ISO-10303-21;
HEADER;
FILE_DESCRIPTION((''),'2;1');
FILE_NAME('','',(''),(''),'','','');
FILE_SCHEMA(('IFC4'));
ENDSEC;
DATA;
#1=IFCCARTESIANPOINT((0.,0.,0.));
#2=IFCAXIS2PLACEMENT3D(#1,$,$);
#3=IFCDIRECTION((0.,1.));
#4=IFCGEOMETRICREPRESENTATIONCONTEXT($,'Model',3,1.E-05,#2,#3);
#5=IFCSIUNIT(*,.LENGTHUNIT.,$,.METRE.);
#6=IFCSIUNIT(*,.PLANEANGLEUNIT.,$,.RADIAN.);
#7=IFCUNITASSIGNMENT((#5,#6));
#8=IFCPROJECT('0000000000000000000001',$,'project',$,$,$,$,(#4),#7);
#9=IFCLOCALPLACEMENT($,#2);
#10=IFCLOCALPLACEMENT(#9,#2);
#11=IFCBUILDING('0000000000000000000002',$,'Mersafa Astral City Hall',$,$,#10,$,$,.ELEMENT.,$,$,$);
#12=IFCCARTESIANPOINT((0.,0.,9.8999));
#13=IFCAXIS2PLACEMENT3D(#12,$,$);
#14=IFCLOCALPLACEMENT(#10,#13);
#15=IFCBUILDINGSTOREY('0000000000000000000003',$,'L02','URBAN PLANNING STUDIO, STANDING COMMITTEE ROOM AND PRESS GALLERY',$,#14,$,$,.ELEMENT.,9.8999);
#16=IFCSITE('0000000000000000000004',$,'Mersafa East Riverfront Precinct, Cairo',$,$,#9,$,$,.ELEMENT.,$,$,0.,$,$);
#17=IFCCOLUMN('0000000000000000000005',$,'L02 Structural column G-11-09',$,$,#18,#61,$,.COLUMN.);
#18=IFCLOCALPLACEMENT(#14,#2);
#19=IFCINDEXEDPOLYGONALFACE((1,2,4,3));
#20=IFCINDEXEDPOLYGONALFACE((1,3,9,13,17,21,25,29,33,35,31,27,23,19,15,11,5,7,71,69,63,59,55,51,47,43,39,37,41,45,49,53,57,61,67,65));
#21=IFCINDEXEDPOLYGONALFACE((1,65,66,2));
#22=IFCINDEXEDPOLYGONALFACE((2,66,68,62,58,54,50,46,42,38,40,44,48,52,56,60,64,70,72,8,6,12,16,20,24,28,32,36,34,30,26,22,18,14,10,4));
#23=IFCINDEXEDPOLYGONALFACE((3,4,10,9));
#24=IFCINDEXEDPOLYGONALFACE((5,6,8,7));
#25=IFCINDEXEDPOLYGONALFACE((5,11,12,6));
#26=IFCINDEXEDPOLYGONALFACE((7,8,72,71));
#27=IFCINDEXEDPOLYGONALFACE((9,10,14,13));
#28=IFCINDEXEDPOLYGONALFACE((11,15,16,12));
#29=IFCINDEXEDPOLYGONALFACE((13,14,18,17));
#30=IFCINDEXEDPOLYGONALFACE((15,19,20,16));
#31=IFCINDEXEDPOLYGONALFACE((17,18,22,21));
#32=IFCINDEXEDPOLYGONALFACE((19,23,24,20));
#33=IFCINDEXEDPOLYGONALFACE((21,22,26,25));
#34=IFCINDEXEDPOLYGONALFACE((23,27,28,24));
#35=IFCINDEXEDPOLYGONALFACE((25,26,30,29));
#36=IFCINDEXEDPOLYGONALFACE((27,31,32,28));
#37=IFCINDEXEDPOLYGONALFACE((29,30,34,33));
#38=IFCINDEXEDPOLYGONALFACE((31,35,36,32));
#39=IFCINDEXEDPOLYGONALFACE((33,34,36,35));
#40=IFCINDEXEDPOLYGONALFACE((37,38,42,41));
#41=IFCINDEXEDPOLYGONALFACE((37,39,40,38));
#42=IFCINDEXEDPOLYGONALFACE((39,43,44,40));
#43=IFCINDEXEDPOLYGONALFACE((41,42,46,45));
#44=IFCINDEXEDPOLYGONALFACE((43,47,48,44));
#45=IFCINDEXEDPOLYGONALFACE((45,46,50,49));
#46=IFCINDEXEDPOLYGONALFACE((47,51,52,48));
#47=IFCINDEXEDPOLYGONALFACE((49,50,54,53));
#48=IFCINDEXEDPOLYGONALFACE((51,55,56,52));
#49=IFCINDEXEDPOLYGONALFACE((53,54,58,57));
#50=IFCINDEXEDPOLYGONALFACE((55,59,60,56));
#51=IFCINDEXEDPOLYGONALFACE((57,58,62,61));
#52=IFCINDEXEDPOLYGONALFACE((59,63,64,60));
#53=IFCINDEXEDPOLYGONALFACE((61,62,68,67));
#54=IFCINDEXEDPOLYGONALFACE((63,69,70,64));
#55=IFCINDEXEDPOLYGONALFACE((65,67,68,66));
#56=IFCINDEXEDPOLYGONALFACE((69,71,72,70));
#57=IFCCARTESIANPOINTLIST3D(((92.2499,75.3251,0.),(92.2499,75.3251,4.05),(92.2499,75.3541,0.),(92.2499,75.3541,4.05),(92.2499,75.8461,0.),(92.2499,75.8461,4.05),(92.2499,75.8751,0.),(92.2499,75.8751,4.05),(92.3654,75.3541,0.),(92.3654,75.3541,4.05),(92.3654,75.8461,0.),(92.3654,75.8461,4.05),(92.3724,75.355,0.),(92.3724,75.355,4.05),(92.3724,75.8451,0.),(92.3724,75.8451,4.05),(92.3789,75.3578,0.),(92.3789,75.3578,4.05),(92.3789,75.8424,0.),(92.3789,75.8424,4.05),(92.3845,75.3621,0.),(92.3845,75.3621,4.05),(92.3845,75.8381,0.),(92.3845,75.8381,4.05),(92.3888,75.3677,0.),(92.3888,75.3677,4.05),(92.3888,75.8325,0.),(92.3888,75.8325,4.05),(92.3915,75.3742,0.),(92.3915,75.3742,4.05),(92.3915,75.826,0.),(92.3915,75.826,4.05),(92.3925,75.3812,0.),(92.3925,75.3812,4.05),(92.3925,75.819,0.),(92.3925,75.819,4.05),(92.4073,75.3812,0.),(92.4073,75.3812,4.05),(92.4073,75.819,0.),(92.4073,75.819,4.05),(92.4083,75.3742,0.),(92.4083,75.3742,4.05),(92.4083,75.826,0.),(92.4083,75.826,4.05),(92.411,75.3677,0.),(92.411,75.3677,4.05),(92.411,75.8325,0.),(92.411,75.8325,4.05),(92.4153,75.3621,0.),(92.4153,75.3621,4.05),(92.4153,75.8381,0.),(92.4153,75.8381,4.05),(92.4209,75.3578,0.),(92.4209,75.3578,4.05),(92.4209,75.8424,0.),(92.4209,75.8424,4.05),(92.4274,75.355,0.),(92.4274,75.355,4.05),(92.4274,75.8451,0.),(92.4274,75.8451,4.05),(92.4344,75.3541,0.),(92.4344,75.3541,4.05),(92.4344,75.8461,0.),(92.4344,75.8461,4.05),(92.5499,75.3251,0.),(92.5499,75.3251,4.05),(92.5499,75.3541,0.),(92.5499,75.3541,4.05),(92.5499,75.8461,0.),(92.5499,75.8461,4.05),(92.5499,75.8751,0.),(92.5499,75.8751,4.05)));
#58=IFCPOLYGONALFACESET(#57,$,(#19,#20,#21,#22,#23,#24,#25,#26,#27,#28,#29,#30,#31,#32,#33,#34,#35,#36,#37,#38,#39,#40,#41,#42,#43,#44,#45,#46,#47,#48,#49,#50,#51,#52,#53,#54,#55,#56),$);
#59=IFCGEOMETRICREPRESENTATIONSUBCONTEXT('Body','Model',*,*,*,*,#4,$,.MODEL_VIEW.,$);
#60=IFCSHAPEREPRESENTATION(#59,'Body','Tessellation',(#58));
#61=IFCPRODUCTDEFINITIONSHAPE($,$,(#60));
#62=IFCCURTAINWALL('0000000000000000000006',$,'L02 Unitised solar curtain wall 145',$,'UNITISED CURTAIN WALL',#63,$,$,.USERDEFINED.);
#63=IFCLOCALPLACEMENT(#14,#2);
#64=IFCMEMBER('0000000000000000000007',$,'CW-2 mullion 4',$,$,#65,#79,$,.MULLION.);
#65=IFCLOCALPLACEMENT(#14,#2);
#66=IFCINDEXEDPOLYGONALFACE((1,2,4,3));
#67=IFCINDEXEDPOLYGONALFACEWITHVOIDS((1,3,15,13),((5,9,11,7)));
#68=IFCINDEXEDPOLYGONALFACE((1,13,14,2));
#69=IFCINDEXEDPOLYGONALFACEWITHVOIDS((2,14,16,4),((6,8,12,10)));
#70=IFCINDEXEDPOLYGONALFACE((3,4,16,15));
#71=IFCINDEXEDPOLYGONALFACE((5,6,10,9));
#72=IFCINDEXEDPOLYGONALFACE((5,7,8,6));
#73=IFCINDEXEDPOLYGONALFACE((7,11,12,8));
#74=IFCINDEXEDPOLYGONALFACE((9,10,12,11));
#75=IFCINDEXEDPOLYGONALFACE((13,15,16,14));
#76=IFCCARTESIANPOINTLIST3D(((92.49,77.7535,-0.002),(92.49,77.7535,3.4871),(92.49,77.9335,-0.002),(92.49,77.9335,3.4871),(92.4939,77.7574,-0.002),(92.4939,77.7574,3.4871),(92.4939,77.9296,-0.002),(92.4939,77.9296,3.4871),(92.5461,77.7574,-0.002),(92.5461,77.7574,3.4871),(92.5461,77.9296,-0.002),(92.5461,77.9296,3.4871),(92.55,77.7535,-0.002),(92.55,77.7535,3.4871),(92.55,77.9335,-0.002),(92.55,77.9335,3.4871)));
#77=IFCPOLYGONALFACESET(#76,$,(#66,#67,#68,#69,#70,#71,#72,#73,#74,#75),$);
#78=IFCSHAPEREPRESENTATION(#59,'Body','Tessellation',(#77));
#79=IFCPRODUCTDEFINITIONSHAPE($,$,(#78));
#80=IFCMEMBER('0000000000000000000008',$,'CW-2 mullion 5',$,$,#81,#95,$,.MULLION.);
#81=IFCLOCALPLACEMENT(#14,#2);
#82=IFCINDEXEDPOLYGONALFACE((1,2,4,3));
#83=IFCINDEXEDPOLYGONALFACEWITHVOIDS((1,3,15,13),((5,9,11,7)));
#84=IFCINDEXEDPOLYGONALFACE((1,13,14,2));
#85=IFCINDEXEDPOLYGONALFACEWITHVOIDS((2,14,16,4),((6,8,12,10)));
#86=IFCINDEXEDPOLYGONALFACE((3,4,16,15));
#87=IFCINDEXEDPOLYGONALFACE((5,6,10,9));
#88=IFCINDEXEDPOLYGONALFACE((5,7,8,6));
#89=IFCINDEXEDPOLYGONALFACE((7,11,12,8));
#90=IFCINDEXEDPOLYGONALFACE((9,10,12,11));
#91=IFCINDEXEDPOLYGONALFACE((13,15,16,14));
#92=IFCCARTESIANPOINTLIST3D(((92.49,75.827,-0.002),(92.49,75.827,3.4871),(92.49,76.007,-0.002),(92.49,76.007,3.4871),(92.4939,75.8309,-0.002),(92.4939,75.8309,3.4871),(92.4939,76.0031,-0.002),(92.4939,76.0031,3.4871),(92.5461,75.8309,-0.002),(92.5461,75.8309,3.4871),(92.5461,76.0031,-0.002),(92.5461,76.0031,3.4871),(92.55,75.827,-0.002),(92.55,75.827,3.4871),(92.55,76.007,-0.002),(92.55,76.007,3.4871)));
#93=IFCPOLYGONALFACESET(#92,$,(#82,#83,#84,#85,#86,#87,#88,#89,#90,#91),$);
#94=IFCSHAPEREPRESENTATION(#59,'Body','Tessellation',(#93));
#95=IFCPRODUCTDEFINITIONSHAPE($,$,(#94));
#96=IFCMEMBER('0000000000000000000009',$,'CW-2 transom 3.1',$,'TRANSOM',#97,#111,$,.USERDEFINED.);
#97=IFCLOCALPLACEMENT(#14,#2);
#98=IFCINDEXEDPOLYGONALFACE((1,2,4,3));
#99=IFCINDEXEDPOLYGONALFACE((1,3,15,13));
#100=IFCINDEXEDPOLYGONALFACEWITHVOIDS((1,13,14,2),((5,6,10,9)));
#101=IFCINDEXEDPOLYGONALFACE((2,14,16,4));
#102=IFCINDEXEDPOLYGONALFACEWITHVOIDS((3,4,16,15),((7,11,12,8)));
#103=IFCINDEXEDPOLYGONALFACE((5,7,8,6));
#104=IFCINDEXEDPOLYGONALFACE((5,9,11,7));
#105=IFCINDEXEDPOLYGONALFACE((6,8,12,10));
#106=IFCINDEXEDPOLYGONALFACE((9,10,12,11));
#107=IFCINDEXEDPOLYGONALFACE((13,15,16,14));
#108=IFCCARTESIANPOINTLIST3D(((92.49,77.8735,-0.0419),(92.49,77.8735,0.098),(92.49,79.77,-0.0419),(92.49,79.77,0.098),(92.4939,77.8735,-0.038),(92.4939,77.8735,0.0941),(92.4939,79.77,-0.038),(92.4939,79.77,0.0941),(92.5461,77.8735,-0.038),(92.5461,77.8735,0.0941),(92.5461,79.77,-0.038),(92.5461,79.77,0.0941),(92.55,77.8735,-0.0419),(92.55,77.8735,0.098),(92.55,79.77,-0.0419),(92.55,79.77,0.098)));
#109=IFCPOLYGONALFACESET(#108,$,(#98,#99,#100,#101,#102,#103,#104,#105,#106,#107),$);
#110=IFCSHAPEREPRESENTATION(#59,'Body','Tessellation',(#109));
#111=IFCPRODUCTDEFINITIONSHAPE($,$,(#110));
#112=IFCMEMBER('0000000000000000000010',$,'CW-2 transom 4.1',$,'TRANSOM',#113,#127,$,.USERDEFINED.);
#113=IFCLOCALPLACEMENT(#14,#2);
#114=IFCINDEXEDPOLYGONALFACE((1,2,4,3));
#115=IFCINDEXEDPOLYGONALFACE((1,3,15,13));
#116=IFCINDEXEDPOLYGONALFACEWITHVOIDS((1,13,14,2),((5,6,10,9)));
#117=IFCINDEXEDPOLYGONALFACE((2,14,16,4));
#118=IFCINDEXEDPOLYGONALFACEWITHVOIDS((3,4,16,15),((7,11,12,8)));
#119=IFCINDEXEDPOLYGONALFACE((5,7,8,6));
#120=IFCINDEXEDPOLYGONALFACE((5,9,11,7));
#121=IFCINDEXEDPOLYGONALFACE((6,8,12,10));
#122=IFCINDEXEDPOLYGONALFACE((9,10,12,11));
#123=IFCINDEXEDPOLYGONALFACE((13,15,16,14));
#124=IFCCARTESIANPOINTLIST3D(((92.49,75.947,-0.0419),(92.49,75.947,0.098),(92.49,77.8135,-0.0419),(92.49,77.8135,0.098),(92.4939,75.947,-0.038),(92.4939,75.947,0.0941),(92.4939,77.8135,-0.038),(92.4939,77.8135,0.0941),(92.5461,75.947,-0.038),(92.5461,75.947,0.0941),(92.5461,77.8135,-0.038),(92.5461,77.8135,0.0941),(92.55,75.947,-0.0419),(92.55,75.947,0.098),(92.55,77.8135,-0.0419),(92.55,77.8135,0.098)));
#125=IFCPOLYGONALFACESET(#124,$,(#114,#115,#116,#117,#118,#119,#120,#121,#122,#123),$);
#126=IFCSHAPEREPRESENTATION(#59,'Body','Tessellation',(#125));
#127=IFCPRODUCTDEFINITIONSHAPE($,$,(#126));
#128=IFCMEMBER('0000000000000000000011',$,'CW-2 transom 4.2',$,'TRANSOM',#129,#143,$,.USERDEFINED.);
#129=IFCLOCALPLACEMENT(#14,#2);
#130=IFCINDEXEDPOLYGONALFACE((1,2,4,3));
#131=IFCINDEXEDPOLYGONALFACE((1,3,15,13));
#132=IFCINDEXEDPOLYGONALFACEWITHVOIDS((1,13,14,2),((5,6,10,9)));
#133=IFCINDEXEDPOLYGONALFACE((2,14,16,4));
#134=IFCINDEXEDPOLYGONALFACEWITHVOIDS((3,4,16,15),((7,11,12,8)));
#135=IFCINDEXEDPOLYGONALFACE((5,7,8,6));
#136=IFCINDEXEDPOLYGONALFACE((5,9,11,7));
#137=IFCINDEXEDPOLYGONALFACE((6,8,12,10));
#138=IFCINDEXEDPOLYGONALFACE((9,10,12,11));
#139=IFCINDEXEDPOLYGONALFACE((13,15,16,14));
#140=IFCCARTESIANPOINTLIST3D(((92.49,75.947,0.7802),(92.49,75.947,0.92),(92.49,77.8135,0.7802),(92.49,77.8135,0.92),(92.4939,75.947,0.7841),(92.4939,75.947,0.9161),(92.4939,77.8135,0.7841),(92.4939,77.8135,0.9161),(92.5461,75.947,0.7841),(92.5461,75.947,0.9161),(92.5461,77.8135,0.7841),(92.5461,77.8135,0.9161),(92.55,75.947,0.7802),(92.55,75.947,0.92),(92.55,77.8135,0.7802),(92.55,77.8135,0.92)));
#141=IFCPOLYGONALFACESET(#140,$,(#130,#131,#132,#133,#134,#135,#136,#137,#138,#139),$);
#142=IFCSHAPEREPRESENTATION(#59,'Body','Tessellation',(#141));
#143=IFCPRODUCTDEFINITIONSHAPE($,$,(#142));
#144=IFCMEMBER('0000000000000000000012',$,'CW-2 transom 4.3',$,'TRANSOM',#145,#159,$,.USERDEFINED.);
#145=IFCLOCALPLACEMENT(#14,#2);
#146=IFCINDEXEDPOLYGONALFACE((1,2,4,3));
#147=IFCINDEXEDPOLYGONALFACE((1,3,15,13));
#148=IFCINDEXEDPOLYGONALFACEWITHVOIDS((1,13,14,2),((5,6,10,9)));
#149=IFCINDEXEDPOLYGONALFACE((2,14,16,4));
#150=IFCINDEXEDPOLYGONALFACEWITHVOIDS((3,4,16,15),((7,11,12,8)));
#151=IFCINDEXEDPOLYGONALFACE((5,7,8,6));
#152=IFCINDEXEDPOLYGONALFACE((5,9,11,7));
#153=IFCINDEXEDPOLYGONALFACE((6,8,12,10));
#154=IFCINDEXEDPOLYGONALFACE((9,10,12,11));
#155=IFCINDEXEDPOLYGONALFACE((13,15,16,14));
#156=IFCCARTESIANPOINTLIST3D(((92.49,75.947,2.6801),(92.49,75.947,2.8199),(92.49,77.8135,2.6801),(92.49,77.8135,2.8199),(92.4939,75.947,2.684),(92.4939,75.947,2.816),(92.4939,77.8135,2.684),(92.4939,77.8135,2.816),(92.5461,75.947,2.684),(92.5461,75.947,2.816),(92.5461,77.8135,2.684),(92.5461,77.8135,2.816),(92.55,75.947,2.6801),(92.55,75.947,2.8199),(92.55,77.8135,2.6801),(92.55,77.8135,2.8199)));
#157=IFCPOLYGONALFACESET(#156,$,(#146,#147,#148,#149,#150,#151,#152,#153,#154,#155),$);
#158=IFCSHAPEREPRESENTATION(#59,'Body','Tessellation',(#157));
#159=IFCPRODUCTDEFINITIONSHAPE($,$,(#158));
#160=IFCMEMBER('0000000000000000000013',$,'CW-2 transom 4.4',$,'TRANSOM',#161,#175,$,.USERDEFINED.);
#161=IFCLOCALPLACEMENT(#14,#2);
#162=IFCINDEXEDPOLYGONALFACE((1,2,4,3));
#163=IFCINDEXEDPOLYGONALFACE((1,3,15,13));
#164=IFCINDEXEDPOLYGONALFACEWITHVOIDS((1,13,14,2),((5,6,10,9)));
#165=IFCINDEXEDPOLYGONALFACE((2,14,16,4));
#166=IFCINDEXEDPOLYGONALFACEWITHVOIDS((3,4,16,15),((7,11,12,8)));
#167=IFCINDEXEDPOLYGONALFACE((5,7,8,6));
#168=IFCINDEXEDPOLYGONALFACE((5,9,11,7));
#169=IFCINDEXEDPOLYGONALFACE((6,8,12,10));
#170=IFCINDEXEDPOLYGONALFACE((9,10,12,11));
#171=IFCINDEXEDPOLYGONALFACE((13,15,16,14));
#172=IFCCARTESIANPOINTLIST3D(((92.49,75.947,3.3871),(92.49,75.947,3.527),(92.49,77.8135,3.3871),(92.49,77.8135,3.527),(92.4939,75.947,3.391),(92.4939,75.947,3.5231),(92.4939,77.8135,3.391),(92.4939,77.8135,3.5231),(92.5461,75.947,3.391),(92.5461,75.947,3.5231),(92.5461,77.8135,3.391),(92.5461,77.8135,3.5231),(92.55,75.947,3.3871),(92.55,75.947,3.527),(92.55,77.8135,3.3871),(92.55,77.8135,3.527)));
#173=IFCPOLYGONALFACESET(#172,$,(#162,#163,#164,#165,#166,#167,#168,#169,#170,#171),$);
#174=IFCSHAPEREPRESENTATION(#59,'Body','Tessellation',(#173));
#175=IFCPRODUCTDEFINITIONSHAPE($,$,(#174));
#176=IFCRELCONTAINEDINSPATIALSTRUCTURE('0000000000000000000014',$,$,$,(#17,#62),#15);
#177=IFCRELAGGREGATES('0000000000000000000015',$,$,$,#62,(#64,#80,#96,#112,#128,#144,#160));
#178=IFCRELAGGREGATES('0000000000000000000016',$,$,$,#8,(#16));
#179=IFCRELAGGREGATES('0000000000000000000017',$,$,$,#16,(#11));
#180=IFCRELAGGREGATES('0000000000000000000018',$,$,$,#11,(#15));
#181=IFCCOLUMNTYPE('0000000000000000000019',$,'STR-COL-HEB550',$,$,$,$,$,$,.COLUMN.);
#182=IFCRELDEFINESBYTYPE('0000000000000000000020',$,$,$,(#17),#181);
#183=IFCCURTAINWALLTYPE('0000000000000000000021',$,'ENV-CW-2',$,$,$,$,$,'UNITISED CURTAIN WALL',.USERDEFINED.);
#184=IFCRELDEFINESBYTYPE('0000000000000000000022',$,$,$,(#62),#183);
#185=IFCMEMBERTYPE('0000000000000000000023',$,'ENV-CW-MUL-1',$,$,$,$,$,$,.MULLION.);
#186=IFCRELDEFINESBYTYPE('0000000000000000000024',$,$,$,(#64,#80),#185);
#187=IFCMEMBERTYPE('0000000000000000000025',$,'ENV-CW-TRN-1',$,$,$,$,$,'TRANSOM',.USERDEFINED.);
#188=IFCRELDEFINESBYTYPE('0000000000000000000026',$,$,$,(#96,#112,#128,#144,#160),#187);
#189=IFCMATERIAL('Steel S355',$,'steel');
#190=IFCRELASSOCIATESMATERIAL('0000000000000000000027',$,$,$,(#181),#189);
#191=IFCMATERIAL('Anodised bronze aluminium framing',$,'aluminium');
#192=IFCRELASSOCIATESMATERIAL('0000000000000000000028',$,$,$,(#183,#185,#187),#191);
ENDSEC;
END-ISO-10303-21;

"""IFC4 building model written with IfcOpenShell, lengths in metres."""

from ifc_helpers import new_model, si_unit, direction, frame, origin, origin_2d, place, context, subcontext, project, spatial, hollow_rectangle, i_section, extrude, material, material_profile, profile_set, type_object, element, aggregate, save


model = new_model("IFC4")

# Units and contexts
model_context = context("Model", 3, precision=1e-05, world=origin(), true_north=direction((0.0, 1.0)))
body_context = subcontext(model_context, "Body", "Model", "MODEL_VIEW")
ifc_project = project(units=[si_unit("LENGTHUNIT", "METRE"), si_unit("PLANEANGLEUNIT", "RADIAN")], contexts=[model_context])

# Site, building, storey
site_placement = place(None, origin())
site = spatial("IfcSite", under=ifc_project, at=site_placement, Name="Mersafa East Riverfront Precinct, Cairo", CompositionType="ELEMENT", RefElevation=0.0)
building_placement = place(site_placement, origin())
building = spatial("IfcBuilding", under=site, at=building_placement, Name="Mersafa Astral City Hall", CompositionType="ELEMENT")
storey_placement = place(building_placement, frame((0.0, 0.0, 9.8999)))
storey = spatial("IfcBuildingStorey", under=building, at=storey_placement, Name="L02", Description="URBAN PLANNING STUDIO, STANDING COMMITTEE ROOM AND PRESS GALLERY", CompositionType="ELEMENT", Elevation=9.8999)

# Column
ifc_material_1 = material(Name="Steel S355", Category="steel")
ifc_material_profile_1 = material_profile(ifc_material_1, i_section(OverallWidth=0.3, OverallDepth=0.55, WebThickness=0.0149, FlangeThickness=0.0291, FilletRadius=0.0271, at=origin_2d()), Name="HEB 550")
ifc_profile_set_1 = profile_set([ifc_material_profile_1], Name="Steel S355")
column_type = type_object("IfcColumnType", Name="STR-COL-HEB550", PredefinedType="COLUMN", material=ifc_profile_set_1)
column_placement = place(storey_placement, frame((92.3999, 75.6001, 0.0), z_axis=(0.0, 0.0, 1.0), x_axis=(1.0, 0.0, 0.0)))
element("IfcColumn", 1, at=column_placement, inside=storey, type_object=column_type, Name="L02 Structural column G-11-09", PredefinedType="COLUMN", context=body_context, shape_type="SweptSolid", body=[
    extrude(i_section(OverallWidth=0.3, OverallDepth=0.55, WebThickness=0.0149, FlangeThickness=0.0291, FilletRadius=0.0271, at=origin_2d()), origin(), (0.0, 0.0, 1.0), 4.05),
])

# Curtain wall, members
ifc_material_2 = material(Name="Anodised bronze aluminium framing", Category="aluminium")
curtain_wall_type = type_object("IfcCurtainWallType", Name="ENV-CW-2", ElementType="UNITISED CURTAIN WALL", PredefinedType="USERDEFINED", material=ifc_material_2)
curtain_wall_placement = place(storey_placement, origin())
curtain_wall = element("IfcCurtainWall", 2, at=curtain_wall_placement, inside=storey, type_object=curtain_wall_type, Name="L02 Unitised solar curtain wall 145", ObjectType="UNITISED CURTAIN WALL", PredefinedType="USERDEFINED")
ifc_material_profile_2 = material_profile(ifc_material_2, hollow_rectangle(XDim=0.0601, YDim=0.1799, WallThickness=0.0039, at=origin_2d()), Name="RHS 60x180x4")
ifc_profile_set_2 = profile_set([ifc_material_profile_2], Name="Anodised bronze aluminium framing")
member_type_1 = type_object("IfcMemberType", Name="ENV-CW-MUL-1", PredefinedType="MULLION", material=ifc_profile_set_2)
member_1_placement = place(storey_placement, frame((92.52, 77.8435, -0.002), z_axis=(0.0, 0.0, 1.0), x_axis=(1.0, 0.0, 0.0)))
member_1 = element("IfcMember", 3, at=member_1_placement, type_object=member_type_1, Name="CW-2 mullion 4", PredefinedType="MULLION", context=body_context, shape_type="SweptSolid", body=[
    extrude(hollow_rectangle(XDim=0.0601, YDim=0.1799, WallThickness=0.0039, at=origin_2d()), origin(), (0.0, 0.0, 1.0), 3.489),
])
member_2_placement = place(storey_placement, frame((92.52, 75.917, -0.002), z_axis=(0.0, 0.0, 1.0), x_axis=(1.0, 0.0, 0.0)))
member_2 = element("IfcMember", 4, at=member_2_placement, type_object=member_type_1, Name="CW-2 mullion 5", PredefinedType="MULLION", context=body_context, shape_type="SweptSolid", body=[
    extrude(hollow_rectangle(XDim=0.0601, YDim=0.1799, WallThickness=0.0039, at=origin_2d()), origin(), (0.0, 0.0, 1.0), 3.489),
])
ifc_material_profile_3 = material_profile(ifc_material_2, hollow_rectangle(XDim=0.0601, YDim=0.1399, WallThickness=0.0039, at=origin_2d()), Name="RHS 60x140x4")
ifc_profile_set_3 = profile_set([ifc_material_profile_3], Name="Anodised bronze aluminium framing")
member_type_2 = type_object("IfcMemberType", Name="ENV-CW-TRN-1", ElementType="TRANSOM", PredefinedType="USERDEFINED", material=ifc_profile_set_3)
member_3_placement = place(storey_placement, frame((92.52, 79.77, 0.0281), z_axis=(0.0, -1.0, 0.0), x_axis=(1.0, 0.0, 0.0)))
member_3 = element("IfcMember", 5, at=member_3_placement, type_object=member_type_2, Name="CW-2 transom 3.1", ObjectType="TRANSOM", PredefinedType="USERDEFINED", context=body_context, shape_type="SweptSolid", body=[
    extrude(hollow_rectangle(XDim=0.0601, YDim=0.1399, WallThickness=0.0039, at=origin_2d()), origin(), (0.0, 0.0, 1.0), 1.8965),
])
member_4_placement = place(storey_placement, frame((92.52, 77.8135, 0.0281), z_axis=(0.0, -1.0, 0.0), x_axis=(1.0, 0.0, 0.0)))
member_4 = element("IfcMember", 6, at=member_4_placement, type_object=member_type_2, Name="CW-2 transom 4.1", ObjectType="TRANSOM", PredefinedType="USERDEFINED", context=body_context, shape_type="SweptSolid", body=[
    extrude(hollow_rectangle(XDim=0.0601, YDim=0.1399, WallThickness=0.0039, at=origin_2d()), origin(), (0.0, 0.0, 1.0), 1.8665),
])
member_5_placement = place(storey_placement, frame((92.52, 77.8135, 0.8501), z_axis=(0.0, -1.0, 0.0), x_axis=(1.0, 0.0, 0.0)))
member_5 = element("IfcMember", 7, at=member_5_placement, type_object=member_type_2, Name="CW-2 transom 4.2", ObjectType="TRANSOM", PredefinedType="USERDEFINED", context=body_context, shape_type="SweptSolid", body=[
    extrude(hollow_rectangle(XDim=0.0601, YDim=0.1399, WallThickness=0.0039, at=origin_2d()), origin(), (0.0, 0.0, 1.0), 1.8665),
])
member_6_placement = place(storey_placement, frame((92.52, 77.8135, 2.75), z_axis=(0.0, -1.0, 0.0), x_axis=(1.0, 0.0, 0.0)))
member_6 = element("IfcMember", 8, at=member_6_placement, type_object=member_type_2, Name="CW-2 transom 4.3", ObjectType="TRANSOM", PredefinedType="USERDEFINED", context=body_context, shape_type="SweptSolid", body=[
    extrude(hollow_rectangle(XDim=0.0601, YDim=0.1399, WallThickness=0.0039, at=origin_2d()), origin(), (0.0, 0.0, 1.0), 1.8665),
])
member_7_placement = place(storey_placement, frame((92.52, 77.8135, 3.457), z_axis=(0.0, -1.0, 0.0), x_axis=(1.0, 0.0, 0.0)))
member_7 = element("IfcMember", 9, at=member_7_placement, type_object=member_type_2, Name="CW-2 transom 4.4", ObjectType="TRANSOM", PredefinedType="USERDEFINED", context=body_context, shape_type="SweptSolid", body=[
    extrude(hollow_rectangle(XDim=0.0601, YDim=0.1399, WallThickness=0.0039, at=origin_2d()), origin(), (0.0, 0.0, 1.0), 1.8665),
])

aggregate(curtain_wall, [member_1, member_2, member_3, member_4, member_5, member_6, member_7])

save(model, "model.ifc")
